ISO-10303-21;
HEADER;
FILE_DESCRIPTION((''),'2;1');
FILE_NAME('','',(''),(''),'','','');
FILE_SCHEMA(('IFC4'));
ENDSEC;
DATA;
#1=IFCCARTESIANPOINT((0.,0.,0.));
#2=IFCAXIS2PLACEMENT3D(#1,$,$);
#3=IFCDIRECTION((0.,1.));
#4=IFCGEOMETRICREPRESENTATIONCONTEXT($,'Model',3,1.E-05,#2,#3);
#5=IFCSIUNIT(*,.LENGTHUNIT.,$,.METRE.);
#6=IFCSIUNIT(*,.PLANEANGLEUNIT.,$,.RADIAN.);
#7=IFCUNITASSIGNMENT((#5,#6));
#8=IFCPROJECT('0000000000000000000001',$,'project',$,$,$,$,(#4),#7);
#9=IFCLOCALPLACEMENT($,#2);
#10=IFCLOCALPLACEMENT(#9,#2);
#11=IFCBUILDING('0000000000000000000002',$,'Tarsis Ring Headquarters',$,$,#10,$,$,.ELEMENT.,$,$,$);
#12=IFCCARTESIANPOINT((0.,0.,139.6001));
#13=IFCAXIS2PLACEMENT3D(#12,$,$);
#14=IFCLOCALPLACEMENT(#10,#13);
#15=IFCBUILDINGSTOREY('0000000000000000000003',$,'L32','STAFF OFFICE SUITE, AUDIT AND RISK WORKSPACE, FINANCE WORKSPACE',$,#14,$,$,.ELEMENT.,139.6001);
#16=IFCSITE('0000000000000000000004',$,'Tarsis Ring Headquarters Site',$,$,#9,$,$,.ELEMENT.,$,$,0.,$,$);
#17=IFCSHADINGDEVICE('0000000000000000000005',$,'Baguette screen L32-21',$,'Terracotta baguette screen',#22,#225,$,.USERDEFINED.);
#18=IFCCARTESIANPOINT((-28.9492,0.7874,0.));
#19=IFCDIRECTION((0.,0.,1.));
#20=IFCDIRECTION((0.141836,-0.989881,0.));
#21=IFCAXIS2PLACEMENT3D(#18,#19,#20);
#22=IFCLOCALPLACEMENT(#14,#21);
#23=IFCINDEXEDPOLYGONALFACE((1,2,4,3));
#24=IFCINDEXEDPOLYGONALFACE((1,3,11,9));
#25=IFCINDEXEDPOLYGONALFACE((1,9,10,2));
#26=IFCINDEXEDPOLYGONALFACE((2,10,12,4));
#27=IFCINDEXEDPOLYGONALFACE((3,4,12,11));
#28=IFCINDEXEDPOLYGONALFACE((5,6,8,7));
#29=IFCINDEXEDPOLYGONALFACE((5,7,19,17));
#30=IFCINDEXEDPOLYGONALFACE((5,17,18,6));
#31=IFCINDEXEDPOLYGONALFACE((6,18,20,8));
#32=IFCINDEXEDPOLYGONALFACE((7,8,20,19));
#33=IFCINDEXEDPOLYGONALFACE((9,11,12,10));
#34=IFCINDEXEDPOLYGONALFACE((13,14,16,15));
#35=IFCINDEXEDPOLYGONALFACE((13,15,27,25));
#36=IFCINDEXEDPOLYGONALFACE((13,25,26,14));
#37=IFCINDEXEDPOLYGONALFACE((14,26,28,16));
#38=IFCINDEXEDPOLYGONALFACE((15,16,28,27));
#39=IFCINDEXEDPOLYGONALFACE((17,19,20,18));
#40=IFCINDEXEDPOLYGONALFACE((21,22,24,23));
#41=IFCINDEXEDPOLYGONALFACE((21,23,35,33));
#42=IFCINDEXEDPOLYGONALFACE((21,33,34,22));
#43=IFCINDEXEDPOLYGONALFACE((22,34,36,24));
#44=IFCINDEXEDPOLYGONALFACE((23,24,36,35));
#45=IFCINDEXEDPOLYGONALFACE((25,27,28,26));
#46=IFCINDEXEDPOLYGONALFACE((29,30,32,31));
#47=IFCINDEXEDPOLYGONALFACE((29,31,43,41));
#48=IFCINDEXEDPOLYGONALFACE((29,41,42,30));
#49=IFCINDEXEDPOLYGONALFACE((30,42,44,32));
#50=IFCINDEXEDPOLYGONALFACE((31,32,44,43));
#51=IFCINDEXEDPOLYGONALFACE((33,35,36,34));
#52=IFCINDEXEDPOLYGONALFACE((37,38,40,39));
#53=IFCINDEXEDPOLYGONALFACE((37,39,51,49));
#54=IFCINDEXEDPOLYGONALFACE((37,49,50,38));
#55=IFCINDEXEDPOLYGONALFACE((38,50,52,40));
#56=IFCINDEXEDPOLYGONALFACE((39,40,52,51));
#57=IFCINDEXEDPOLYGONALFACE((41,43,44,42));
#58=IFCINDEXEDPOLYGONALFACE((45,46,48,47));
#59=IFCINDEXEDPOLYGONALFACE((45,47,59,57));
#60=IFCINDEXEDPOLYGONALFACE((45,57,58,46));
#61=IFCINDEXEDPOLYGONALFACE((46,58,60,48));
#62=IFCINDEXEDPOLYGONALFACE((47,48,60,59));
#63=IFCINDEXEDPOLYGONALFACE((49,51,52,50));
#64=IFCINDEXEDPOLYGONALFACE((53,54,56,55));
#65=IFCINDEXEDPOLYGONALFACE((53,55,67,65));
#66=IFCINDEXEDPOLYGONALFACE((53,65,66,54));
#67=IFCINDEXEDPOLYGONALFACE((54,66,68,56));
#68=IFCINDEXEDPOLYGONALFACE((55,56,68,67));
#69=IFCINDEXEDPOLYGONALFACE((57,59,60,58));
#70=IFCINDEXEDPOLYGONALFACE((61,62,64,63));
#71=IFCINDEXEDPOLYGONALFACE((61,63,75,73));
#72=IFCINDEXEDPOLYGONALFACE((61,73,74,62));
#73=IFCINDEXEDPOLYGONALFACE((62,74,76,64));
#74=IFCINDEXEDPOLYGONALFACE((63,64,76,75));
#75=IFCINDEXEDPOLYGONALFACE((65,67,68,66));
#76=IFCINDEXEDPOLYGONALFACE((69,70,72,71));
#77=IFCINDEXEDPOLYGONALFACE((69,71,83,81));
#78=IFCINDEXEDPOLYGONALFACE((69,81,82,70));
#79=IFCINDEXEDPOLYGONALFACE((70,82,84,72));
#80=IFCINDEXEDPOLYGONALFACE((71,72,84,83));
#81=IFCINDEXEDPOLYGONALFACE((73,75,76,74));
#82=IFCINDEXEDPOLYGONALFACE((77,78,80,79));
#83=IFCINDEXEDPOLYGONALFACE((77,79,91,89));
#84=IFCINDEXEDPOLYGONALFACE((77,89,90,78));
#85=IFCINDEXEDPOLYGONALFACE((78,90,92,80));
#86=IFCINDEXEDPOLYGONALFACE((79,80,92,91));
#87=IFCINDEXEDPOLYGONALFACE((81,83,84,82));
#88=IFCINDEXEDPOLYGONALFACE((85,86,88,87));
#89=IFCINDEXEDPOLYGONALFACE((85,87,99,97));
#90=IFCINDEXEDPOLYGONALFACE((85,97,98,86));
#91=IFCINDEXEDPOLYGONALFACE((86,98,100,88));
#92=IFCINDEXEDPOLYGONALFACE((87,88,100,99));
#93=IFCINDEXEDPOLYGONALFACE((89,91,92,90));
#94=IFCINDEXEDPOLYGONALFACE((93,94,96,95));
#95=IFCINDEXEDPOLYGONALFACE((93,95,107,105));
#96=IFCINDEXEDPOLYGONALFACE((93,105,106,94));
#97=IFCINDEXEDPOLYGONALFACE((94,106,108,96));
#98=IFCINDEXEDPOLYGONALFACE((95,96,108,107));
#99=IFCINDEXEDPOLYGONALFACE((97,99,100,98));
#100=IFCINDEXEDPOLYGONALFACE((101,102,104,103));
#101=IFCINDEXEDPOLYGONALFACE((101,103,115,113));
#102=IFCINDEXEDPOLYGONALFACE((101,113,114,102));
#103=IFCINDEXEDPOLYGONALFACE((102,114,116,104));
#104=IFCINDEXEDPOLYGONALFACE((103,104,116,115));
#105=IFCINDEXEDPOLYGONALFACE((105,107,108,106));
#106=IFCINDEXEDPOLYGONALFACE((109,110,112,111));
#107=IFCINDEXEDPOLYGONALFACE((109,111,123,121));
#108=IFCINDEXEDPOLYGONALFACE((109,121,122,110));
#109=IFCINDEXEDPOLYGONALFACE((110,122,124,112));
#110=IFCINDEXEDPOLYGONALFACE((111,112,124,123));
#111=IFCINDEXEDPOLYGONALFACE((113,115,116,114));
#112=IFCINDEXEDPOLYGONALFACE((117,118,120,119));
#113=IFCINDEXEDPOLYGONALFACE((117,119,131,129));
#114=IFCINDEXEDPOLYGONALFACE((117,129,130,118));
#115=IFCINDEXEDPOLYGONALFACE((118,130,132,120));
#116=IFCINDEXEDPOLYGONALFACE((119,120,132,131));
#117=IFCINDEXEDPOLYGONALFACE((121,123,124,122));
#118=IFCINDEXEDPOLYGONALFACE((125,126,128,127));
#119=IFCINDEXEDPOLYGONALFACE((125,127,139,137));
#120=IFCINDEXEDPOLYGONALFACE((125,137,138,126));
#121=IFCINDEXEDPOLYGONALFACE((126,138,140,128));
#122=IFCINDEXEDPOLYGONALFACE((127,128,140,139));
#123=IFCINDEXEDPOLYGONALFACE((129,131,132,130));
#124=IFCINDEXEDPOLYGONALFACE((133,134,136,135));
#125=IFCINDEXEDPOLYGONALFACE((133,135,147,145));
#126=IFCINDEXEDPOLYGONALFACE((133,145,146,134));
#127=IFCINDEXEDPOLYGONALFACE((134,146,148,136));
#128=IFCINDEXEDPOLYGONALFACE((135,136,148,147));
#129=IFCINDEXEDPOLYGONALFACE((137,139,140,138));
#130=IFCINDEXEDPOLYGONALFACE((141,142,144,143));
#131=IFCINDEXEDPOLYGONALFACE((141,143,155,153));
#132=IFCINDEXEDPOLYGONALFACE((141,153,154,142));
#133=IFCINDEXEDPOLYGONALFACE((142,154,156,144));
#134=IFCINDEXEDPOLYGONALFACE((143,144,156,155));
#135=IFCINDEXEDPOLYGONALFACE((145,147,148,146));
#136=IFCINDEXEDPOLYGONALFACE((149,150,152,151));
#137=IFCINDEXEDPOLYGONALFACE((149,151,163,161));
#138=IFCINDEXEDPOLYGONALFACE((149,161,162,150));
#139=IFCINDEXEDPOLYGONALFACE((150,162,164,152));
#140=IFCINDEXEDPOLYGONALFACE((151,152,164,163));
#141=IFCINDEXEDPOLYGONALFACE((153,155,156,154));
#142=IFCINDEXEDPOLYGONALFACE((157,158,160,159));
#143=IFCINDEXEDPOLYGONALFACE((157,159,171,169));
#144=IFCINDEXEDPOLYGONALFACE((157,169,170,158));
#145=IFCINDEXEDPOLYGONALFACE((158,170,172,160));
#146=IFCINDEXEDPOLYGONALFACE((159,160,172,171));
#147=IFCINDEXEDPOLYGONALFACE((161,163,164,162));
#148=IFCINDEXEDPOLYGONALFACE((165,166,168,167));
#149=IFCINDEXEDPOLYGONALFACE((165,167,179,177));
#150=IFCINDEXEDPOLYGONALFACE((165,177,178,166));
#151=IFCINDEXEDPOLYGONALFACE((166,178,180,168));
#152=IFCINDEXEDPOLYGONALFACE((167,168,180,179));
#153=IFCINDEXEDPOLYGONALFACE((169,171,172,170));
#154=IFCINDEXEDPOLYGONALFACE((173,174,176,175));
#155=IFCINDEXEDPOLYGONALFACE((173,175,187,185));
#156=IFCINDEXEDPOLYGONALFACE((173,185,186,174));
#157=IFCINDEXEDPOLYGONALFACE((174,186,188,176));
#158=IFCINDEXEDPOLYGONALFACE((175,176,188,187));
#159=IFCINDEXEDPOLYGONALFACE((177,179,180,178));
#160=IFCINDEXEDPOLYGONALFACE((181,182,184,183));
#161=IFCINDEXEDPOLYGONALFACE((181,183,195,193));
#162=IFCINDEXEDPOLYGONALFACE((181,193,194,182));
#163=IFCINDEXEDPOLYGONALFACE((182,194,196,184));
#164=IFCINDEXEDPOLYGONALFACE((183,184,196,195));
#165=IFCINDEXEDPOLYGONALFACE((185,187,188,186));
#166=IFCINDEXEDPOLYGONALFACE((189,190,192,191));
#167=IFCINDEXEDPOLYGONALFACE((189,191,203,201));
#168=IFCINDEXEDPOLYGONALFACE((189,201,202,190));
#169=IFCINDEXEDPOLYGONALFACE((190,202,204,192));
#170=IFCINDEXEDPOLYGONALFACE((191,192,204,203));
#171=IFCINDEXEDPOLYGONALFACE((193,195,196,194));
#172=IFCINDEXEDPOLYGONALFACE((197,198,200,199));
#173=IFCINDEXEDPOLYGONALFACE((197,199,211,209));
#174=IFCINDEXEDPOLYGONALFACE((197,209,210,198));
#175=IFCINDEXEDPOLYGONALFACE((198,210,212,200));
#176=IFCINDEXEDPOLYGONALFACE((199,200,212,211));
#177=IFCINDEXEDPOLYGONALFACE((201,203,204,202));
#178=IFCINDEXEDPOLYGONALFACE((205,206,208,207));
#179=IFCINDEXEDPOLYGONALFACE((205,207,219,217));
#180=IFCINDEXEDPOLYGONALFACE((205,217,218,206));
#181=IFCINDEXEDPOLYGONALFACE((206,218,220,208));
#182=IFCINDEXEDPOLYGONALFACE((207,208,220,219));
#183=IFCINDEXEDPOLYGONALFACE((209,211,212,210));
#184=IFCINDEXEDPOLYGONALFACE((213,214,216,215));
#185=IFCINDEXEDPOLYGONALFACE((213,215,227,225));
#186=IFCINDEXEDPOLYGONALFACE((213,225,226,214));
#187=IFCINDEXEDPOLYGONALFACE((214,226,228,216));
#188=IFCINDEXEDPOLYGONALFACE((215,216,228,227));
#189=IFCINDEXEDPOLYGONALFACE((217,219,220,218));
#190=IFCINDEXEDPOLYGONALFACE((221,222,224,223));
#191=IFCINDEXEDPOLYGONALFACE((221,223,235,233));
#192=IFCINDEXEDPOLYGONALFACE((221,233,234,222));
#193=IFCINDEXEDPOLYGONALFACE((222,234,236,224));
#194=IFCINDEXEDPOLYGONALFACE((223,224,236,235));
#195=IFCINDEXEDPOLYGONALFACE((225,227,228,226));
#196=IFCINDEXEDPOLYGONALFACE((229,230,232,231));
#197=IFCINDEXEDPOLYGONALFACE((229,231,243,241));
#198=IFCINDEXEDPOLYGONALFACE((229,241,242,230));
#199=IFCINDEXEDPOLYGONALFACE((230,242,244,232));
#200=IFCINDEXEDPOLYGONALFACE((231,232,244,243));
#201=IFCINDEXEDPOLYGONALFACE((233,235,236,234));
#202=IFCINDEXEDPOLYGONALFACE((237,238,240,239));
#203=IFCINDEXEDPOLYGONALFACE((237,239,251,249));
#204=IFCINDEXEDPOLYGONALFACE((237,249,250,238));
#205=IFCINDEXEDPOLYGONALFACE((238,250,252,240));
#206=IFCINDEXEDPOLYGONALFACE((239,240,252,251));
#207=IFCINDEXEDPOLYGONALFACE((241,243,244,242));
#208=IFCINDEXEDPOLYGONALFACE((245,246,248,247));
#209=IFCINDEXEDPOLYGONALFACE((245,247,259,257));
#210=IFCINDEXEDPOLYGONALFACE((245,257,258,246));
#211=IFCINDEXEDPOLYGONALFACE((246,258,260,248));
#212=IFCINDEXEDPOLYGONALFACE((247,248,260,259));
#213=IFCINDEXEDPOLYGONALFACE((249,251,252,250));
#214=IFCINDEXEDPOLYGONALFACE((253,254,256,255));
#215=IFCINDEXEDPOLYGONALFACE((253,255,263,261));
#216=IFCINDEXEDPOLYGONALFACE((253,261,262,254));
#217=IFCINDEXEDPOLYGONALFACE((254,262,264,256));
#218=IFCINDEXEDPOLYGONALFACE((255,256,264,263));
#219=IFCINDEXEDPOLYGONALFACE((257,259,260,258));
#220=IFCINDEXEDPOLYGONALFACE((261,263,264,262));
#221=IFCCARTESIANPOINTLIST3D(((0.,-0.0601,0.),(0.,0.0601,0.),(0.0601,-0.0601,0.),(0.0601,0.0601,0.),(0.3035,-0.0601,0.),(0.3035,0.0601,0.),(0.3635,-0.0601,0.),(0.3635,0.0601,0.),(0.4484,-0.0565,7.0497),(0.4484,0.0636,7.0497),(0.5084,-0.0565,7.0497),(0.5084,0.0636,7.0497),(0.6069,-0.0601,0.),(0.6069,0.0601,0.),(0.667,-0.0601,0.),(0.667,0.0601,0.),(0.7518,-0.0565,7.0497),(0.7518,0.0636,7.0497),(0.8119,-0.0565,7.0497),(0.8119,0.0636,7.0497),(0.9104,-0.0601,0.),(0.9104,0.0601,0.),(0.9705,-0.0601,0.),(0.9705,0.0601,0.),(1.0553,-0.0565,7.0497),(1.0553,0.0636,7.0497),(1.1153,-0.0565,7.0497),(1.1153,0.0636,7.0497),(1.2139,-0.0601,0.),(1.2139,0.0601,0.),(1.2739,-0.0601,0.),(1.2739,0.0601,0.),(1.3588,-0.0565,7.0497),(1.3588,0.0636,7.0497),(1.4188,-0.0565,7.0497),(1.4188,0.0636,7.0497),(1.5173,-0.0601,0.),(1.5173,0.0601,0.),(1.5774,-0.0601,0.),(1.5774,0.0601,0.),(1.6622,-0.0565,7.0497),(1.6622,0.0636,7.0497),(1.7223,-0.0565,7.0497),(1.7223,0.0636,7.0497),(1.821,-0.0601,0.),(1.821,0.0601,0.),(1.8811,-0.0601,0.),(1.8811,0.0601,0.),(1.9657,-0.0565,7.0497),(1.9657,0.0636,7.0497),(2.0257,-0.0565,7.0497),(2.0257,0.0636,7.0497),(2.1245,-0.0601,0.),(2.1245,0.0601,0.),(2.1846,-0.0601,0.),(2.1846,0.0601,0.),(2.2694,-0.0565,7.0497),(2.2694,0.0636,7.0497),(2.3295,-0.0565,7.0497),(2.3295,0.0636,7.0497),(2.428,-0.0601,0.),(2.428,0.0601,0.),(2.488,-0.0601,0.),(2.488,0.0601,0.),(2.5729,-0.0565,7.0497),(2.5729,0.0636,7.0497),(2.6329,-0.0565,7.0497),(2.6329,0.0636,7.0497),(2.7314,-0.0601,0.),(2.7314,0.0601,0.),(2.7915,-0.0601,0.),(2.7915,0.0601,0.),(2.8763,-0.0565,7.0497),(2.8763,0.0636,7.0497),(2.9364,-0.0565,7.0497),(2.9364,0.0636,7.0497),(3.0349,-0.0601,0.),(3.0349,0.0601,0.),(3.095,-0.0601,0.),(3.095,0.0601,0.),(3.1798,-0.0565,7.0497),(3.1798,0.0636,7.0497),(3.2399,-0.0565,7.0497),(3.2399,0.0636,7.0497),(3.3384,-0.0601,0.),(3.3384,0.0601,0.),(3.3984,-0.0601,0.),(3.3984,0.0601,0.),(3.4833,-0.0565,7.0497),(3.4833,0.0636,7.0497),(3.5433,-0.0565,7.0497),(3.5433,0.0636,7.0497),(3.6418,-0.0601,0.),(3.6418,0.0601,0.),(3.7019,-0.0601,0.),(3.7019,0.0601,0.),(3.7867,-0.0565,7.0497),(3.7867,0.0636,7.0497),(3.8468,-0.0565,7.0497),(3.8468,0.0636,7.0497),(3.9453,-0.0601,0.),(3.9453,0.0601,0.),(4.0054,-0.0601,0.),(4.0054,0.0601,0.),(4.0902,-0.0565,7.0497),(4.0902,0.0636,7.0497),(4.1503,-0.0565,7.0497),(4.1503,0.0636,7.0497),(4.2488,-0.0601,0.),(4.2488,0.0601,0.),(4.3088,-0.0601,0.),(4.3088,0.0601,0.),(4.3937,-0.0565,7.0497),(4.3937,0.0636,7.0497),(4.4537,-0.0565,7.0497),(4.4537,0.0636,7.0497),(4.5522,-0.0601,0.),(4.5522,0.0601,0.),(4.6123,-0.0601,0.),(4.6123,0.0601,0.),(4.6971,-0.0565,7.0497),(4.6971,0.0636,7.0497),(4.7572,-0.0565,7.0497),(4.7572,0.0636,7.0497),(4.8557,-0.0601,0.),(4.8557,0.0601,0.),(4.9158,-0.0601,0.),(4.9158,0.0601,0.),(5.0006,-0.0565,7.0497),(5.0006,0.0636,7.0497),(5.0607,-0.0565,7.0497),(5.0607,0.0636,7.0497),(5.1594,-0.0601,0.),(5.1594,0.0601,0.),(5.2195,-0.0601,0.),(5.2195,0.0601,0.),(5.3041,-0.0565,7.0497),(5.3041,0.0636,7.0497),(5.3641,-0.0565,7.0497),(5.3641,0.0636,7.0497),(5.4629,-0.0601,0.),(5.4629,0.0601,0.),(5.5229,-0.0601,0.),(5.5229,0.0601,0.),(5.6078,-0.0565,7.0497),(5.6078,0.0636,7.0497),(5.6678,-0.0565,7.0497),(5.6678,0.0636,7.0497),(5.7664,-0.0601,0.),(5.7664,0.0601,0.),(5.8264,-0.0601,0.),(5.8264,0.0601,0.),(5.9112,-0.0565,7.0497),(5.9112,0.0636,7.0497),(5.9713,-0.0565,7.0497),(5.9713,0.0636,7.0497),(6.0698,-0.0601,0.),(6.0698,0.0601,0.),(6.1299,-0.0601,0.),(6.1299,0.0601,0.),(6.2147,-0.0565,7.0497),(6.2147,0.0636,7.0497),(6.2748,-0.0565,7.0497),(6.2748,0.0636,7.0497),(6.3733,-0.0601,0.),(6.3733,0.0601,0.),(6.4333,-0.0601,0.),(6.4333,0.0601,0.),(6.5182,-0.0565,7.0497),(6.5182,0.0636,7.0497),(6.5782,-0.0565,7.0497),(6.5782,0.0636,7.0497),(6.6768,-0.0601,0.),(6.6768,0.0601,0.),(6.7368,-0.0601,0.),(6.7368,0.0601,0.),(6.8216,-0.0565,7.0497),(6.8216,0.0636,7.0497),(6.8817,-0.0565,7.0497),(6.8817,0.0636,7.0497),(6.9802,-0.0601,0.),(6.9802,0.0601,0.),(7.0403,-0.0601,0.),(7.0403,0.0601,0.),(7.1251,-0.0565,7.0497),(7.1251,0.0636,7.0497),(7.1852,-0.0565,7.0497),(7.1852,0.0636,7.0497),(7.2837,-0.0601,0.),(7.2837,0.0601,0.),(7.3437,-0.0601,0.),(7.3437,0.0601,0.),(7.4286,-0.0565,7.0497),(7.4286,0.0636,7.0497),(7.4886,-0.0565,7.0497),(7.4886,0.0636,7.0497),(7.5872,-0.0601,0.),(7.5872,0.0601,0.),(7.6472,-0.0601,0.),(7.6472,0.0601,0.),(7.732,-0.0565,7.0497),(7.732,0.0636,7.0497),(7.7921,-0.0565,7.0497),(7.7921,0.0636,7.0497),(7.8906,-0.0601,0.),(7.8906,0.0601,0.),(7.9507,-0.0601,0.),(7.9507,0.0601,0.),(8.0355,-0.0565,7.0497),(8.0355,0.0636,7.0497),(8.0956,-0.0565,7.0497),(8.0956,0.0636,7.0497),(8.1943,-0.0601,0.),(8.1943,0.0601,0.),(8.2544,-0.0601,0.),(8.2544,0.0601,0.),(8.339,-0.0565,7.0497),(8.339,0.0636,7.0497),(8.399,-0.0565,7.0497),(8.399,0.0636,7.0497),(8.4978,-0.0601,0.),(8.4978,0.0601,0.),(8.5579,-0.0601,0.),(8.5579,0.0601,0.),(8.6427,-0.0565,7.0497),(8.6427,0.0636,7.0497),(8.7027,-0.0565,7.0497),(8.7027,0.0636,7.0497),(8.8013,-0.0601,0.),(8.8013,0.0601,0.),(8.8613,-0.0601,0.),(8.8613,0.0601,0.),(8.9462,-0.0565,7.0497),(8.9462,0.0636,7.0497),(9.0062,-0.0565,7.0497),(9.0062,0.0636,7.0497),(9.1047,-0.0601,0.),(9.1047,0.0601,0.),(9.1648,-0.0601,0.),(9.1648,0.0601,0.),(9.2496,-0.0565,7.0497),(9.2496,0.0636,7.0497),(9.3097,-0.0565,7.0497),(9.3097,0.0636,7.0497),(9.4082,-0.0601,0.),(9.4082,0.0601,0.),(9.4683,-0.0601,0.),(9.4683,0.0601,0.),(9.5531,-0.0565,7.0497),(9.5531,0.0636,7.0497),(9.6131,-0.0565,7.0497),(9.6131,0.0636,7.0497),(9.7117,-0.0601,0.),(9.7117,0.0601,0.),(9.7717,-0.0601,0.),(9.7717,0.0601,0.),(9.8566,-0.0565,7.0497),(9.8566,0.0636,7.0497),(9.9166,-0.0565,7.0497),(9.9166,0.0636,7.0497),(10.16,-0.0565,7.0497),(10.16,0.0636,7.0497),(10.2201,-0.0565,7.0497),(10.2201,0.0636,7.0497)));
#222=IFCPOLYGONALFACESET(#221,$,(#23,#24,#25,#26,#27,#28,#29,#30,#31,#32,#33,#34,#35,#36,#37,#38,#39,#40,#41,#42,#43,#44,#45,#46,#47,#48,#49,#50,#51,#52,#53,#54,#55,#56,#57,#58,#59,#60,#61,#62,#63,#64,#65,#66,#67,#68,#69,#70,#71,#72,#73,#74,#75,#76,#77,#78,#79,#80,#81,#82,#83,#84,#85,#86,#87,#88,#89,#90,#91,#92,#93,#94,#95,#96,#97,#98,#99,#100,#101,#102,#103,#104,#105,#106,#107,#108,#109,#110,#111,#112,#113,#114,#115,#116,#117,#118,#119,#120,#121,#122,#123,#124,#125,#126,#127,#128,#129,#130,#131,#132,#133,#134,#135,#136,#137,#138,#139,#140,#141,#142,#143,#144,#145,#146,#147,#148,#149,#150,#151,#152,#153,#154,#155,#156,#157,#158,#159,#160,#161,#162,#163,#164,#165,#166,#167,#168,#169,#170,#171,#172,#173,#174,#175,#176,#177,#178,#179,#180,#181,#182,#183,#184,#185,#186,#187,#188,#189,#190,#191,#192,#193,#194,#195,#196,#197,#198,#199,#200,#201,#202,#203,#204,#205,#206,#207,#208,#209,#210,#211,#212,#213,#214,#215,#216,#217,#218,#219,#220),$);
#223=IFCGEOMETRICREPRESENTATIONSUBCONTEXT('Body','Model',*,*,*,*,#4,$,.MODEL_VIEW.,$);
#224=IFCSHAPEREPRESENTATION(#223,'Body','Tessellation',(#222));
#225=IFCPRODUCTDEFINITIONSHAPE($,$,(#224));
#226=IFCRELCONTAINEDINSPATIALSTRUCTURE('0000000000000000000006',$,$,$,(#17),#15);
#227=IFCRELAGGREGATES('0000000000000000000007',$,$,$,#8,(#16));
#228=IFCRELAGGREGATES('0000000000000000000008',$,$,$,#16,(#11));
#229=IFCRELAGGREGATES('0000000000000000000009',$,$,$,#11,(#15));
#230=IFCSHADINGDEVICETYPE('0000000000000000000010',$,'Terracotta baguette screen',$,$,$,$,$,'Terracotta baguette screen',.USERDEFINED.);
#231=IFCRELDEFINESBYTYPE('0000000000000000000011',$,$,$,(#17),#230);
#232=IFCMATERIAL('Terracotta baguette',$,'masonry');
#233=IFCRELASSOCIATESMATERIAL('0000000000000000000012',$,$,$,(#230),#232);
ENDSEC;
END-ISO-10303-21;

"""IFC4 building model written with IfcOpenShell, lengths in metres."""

from ifc_helpers import new_model, si_unit, direction, frame, frame_2d, origin, place, context, subcontext, project, spatial, rectangle, composite_profile, extrude, material, type_object, element, save


model = new_model("IFC4")

# Units and contexts
model_context = context("Model", 3, precision=1e-05, world=origin(), true_north=direction((0.0, 1.0)))
body_context = subcontext(model_context, "Body", "Model", "MODEL_VIEW")
ifc_project = project(units=[si_unit("LENGTHUNIT", "METRE"), si_unit("PLANEANGLEUNIT", "RADIAN")], contexts=[model_context])

# Site, building, storey
site_placement = place(None, origin())
site = spatial("IfcSite", under=ifc_project, at=site_placement, Name="Tarsis Ring Headquarters Site", CompositionType="ELEMENT", RefElevation=0.0)
building_placement = place(site_placement, origin())
building = spatial("IfcBuilding", under=site, at=building_placement, Name="Tarsis Ring Headquarters", CompositionType="ELEMENT")
storey_placement = place(building_placement, frame((0.0, 0.0, 139.6001)))
storey = spatial("IfcBuildingStorey", under=building, at=storey_placement, Name="L32", Description="STAFF OFFICE SUITE, AUDIT AND RISK WORKSPACE, FINANCE WORKSPACE", CompositionType="ELEMENT", Elevation=139.6001)

# Shading device
ifc_material_1 = material(Name="Terracotta baguette", Category="masonry")
shading_device_type = type_object("IfcShadingDeviceType", Name="Terracotta baguette screen", ElementType="Terracotta baguette screen", PredefinedType="USERDEFINED", material=ifc_material_1)
shading_device_placement = place(storey_placement, frame((-28.9492, 0.7874, 0.0), z_axis=(0.0, 0.0, 1.0), x_axis=(0.141836, -0.989881, 0.0)))
element("IfcShadingDevice", 1, at=shading_device_placement, inside=storey, type_object=shading_device_type, Name="Baguette screen L32-21", ObjectType="Terracotta baguette screen", PredefinedType="USERDEFINED", context=body_context, shape_type="SweptSolid", body=[
    extrude(composite_profile([rectangle(XDim=0.0601, YDim=0.1201, at=frame_2d((0.03, 0.0))), rectangle(XDim=0.0601, YDim=0.1201, at=frame_2d((0.3335, 0.0))), rectangle(XDim=0.0601, YDim=0.1201, at=frame_2d((0.637, 0.0))), rectangle(XDim=0.0601, YDim=0.1201, at=frame_2d((0.9404, 0.0))), rectangle(XDim=0.0601, YDim=0.1201, at=frame_2d((1.2439, 0.0))), rectangle(XDim=0.0601, YDim=0.1201, at=frame_2d((1.5474, 0.0))), rectangle(XDim=0.0601, YDim=0.1201, at=frame_2d((1.8511, 0.0))), rectangle(XDim=0.0601, YDim=0.1201, at=frame_2d((2.1545, 0.0))), rectangle(XDim=0.0601, YDim=0.1201, at=frame_2d((2.458, 0.0))), rectangle(XDim=0.0601, YDim=0.1201, at=frame_2d((2.7615, 0.0))), rectangle(XDim=0.0601, YDim=0.1201, at=frame_2d((3.0649, 0.0))), rectangle(XDim=0.0601, YDim=0.1201, at=frame_2d((3.3684, 0.0))), rectangle(XDim=0.0601, YDim=0.1201, at=frame_2d((3.6719, 0.0))), rectangle(XDim=0.0601, YDim=0.1201, at=frame_2d((3.9753, 0.0))), rectangle(XDim=0.0601, YDim=0.1201, at=frame_2d((4.2788, 0.0))), rectangle(XDim=0.0601, YDim=0.1201, at=frame_2d((4.5823, 0.0))), rectangle(XDim=0.0601, YDim=0.1201, at=frame_2d((4.8857, 0.0))), rectangle(XDim=0.0601, YDim=0.1201, at=frame_2d((5.1895, 0.0))), rectangle(XDim=0.0601, YDim=0.1201, at=frame_2d((5.4929, 0.0))), rectangle(XDim=0.0601, YDim=0.1201, at=frame_2d((5.7964, 0.0))), rectangle(XDim=0.0601, YDim=0.1201, at=frame_2d((6.0999, 0.0))), rectangle(XDim=0.0601, YDim=0.1201, at=frame_2d((6.4033, 0.0))), rectangle(XDim=0.0601, YDim=0.1201, at=frame_2d((6.7068, 0.0))), rectangle(XDim=0.0601, YDim=0.1201, at=frame_2d((7.0103, 0.0))), rectangle(XDim=0.0601, YDim=0.1201, at=frame_2d((7.3137, 0.0))), rectangle(XDim=0.0601, YDim=0.1201, at=frame_2d((7.6172, 0.0))), rectangle(XDim=0.0601, YDim=0.1201, at=frame_2d((7.9207, 0.0))), rectangle(XDim=0.0601, YDim=0.1201, at=frame_2d((8.2244, 0.0))), rectangle(XDim=0.0601, YDim=0.1201, at=frame_2d((8.5278, 0.0))), rectangle(XDim=0.0601, YDim=0.1201, at=frame_2d((8.8313, 0.0))), rectangle(XDim=0.0601, YDim=0.1201, at=frame_2d((9.1348, 0.0))), rectangle(XDim=0.0601, YDim=0.1201, at=frame_2d((9.4382, 0.0))), rectangle(XDim=0.0601, YDim=0.1201, at=frame_2d((9.7417, 0.0)))]), origin(), (0.063471, 0.000499, 0.997984), 7.064),
])

save(model, "model.ifc")
